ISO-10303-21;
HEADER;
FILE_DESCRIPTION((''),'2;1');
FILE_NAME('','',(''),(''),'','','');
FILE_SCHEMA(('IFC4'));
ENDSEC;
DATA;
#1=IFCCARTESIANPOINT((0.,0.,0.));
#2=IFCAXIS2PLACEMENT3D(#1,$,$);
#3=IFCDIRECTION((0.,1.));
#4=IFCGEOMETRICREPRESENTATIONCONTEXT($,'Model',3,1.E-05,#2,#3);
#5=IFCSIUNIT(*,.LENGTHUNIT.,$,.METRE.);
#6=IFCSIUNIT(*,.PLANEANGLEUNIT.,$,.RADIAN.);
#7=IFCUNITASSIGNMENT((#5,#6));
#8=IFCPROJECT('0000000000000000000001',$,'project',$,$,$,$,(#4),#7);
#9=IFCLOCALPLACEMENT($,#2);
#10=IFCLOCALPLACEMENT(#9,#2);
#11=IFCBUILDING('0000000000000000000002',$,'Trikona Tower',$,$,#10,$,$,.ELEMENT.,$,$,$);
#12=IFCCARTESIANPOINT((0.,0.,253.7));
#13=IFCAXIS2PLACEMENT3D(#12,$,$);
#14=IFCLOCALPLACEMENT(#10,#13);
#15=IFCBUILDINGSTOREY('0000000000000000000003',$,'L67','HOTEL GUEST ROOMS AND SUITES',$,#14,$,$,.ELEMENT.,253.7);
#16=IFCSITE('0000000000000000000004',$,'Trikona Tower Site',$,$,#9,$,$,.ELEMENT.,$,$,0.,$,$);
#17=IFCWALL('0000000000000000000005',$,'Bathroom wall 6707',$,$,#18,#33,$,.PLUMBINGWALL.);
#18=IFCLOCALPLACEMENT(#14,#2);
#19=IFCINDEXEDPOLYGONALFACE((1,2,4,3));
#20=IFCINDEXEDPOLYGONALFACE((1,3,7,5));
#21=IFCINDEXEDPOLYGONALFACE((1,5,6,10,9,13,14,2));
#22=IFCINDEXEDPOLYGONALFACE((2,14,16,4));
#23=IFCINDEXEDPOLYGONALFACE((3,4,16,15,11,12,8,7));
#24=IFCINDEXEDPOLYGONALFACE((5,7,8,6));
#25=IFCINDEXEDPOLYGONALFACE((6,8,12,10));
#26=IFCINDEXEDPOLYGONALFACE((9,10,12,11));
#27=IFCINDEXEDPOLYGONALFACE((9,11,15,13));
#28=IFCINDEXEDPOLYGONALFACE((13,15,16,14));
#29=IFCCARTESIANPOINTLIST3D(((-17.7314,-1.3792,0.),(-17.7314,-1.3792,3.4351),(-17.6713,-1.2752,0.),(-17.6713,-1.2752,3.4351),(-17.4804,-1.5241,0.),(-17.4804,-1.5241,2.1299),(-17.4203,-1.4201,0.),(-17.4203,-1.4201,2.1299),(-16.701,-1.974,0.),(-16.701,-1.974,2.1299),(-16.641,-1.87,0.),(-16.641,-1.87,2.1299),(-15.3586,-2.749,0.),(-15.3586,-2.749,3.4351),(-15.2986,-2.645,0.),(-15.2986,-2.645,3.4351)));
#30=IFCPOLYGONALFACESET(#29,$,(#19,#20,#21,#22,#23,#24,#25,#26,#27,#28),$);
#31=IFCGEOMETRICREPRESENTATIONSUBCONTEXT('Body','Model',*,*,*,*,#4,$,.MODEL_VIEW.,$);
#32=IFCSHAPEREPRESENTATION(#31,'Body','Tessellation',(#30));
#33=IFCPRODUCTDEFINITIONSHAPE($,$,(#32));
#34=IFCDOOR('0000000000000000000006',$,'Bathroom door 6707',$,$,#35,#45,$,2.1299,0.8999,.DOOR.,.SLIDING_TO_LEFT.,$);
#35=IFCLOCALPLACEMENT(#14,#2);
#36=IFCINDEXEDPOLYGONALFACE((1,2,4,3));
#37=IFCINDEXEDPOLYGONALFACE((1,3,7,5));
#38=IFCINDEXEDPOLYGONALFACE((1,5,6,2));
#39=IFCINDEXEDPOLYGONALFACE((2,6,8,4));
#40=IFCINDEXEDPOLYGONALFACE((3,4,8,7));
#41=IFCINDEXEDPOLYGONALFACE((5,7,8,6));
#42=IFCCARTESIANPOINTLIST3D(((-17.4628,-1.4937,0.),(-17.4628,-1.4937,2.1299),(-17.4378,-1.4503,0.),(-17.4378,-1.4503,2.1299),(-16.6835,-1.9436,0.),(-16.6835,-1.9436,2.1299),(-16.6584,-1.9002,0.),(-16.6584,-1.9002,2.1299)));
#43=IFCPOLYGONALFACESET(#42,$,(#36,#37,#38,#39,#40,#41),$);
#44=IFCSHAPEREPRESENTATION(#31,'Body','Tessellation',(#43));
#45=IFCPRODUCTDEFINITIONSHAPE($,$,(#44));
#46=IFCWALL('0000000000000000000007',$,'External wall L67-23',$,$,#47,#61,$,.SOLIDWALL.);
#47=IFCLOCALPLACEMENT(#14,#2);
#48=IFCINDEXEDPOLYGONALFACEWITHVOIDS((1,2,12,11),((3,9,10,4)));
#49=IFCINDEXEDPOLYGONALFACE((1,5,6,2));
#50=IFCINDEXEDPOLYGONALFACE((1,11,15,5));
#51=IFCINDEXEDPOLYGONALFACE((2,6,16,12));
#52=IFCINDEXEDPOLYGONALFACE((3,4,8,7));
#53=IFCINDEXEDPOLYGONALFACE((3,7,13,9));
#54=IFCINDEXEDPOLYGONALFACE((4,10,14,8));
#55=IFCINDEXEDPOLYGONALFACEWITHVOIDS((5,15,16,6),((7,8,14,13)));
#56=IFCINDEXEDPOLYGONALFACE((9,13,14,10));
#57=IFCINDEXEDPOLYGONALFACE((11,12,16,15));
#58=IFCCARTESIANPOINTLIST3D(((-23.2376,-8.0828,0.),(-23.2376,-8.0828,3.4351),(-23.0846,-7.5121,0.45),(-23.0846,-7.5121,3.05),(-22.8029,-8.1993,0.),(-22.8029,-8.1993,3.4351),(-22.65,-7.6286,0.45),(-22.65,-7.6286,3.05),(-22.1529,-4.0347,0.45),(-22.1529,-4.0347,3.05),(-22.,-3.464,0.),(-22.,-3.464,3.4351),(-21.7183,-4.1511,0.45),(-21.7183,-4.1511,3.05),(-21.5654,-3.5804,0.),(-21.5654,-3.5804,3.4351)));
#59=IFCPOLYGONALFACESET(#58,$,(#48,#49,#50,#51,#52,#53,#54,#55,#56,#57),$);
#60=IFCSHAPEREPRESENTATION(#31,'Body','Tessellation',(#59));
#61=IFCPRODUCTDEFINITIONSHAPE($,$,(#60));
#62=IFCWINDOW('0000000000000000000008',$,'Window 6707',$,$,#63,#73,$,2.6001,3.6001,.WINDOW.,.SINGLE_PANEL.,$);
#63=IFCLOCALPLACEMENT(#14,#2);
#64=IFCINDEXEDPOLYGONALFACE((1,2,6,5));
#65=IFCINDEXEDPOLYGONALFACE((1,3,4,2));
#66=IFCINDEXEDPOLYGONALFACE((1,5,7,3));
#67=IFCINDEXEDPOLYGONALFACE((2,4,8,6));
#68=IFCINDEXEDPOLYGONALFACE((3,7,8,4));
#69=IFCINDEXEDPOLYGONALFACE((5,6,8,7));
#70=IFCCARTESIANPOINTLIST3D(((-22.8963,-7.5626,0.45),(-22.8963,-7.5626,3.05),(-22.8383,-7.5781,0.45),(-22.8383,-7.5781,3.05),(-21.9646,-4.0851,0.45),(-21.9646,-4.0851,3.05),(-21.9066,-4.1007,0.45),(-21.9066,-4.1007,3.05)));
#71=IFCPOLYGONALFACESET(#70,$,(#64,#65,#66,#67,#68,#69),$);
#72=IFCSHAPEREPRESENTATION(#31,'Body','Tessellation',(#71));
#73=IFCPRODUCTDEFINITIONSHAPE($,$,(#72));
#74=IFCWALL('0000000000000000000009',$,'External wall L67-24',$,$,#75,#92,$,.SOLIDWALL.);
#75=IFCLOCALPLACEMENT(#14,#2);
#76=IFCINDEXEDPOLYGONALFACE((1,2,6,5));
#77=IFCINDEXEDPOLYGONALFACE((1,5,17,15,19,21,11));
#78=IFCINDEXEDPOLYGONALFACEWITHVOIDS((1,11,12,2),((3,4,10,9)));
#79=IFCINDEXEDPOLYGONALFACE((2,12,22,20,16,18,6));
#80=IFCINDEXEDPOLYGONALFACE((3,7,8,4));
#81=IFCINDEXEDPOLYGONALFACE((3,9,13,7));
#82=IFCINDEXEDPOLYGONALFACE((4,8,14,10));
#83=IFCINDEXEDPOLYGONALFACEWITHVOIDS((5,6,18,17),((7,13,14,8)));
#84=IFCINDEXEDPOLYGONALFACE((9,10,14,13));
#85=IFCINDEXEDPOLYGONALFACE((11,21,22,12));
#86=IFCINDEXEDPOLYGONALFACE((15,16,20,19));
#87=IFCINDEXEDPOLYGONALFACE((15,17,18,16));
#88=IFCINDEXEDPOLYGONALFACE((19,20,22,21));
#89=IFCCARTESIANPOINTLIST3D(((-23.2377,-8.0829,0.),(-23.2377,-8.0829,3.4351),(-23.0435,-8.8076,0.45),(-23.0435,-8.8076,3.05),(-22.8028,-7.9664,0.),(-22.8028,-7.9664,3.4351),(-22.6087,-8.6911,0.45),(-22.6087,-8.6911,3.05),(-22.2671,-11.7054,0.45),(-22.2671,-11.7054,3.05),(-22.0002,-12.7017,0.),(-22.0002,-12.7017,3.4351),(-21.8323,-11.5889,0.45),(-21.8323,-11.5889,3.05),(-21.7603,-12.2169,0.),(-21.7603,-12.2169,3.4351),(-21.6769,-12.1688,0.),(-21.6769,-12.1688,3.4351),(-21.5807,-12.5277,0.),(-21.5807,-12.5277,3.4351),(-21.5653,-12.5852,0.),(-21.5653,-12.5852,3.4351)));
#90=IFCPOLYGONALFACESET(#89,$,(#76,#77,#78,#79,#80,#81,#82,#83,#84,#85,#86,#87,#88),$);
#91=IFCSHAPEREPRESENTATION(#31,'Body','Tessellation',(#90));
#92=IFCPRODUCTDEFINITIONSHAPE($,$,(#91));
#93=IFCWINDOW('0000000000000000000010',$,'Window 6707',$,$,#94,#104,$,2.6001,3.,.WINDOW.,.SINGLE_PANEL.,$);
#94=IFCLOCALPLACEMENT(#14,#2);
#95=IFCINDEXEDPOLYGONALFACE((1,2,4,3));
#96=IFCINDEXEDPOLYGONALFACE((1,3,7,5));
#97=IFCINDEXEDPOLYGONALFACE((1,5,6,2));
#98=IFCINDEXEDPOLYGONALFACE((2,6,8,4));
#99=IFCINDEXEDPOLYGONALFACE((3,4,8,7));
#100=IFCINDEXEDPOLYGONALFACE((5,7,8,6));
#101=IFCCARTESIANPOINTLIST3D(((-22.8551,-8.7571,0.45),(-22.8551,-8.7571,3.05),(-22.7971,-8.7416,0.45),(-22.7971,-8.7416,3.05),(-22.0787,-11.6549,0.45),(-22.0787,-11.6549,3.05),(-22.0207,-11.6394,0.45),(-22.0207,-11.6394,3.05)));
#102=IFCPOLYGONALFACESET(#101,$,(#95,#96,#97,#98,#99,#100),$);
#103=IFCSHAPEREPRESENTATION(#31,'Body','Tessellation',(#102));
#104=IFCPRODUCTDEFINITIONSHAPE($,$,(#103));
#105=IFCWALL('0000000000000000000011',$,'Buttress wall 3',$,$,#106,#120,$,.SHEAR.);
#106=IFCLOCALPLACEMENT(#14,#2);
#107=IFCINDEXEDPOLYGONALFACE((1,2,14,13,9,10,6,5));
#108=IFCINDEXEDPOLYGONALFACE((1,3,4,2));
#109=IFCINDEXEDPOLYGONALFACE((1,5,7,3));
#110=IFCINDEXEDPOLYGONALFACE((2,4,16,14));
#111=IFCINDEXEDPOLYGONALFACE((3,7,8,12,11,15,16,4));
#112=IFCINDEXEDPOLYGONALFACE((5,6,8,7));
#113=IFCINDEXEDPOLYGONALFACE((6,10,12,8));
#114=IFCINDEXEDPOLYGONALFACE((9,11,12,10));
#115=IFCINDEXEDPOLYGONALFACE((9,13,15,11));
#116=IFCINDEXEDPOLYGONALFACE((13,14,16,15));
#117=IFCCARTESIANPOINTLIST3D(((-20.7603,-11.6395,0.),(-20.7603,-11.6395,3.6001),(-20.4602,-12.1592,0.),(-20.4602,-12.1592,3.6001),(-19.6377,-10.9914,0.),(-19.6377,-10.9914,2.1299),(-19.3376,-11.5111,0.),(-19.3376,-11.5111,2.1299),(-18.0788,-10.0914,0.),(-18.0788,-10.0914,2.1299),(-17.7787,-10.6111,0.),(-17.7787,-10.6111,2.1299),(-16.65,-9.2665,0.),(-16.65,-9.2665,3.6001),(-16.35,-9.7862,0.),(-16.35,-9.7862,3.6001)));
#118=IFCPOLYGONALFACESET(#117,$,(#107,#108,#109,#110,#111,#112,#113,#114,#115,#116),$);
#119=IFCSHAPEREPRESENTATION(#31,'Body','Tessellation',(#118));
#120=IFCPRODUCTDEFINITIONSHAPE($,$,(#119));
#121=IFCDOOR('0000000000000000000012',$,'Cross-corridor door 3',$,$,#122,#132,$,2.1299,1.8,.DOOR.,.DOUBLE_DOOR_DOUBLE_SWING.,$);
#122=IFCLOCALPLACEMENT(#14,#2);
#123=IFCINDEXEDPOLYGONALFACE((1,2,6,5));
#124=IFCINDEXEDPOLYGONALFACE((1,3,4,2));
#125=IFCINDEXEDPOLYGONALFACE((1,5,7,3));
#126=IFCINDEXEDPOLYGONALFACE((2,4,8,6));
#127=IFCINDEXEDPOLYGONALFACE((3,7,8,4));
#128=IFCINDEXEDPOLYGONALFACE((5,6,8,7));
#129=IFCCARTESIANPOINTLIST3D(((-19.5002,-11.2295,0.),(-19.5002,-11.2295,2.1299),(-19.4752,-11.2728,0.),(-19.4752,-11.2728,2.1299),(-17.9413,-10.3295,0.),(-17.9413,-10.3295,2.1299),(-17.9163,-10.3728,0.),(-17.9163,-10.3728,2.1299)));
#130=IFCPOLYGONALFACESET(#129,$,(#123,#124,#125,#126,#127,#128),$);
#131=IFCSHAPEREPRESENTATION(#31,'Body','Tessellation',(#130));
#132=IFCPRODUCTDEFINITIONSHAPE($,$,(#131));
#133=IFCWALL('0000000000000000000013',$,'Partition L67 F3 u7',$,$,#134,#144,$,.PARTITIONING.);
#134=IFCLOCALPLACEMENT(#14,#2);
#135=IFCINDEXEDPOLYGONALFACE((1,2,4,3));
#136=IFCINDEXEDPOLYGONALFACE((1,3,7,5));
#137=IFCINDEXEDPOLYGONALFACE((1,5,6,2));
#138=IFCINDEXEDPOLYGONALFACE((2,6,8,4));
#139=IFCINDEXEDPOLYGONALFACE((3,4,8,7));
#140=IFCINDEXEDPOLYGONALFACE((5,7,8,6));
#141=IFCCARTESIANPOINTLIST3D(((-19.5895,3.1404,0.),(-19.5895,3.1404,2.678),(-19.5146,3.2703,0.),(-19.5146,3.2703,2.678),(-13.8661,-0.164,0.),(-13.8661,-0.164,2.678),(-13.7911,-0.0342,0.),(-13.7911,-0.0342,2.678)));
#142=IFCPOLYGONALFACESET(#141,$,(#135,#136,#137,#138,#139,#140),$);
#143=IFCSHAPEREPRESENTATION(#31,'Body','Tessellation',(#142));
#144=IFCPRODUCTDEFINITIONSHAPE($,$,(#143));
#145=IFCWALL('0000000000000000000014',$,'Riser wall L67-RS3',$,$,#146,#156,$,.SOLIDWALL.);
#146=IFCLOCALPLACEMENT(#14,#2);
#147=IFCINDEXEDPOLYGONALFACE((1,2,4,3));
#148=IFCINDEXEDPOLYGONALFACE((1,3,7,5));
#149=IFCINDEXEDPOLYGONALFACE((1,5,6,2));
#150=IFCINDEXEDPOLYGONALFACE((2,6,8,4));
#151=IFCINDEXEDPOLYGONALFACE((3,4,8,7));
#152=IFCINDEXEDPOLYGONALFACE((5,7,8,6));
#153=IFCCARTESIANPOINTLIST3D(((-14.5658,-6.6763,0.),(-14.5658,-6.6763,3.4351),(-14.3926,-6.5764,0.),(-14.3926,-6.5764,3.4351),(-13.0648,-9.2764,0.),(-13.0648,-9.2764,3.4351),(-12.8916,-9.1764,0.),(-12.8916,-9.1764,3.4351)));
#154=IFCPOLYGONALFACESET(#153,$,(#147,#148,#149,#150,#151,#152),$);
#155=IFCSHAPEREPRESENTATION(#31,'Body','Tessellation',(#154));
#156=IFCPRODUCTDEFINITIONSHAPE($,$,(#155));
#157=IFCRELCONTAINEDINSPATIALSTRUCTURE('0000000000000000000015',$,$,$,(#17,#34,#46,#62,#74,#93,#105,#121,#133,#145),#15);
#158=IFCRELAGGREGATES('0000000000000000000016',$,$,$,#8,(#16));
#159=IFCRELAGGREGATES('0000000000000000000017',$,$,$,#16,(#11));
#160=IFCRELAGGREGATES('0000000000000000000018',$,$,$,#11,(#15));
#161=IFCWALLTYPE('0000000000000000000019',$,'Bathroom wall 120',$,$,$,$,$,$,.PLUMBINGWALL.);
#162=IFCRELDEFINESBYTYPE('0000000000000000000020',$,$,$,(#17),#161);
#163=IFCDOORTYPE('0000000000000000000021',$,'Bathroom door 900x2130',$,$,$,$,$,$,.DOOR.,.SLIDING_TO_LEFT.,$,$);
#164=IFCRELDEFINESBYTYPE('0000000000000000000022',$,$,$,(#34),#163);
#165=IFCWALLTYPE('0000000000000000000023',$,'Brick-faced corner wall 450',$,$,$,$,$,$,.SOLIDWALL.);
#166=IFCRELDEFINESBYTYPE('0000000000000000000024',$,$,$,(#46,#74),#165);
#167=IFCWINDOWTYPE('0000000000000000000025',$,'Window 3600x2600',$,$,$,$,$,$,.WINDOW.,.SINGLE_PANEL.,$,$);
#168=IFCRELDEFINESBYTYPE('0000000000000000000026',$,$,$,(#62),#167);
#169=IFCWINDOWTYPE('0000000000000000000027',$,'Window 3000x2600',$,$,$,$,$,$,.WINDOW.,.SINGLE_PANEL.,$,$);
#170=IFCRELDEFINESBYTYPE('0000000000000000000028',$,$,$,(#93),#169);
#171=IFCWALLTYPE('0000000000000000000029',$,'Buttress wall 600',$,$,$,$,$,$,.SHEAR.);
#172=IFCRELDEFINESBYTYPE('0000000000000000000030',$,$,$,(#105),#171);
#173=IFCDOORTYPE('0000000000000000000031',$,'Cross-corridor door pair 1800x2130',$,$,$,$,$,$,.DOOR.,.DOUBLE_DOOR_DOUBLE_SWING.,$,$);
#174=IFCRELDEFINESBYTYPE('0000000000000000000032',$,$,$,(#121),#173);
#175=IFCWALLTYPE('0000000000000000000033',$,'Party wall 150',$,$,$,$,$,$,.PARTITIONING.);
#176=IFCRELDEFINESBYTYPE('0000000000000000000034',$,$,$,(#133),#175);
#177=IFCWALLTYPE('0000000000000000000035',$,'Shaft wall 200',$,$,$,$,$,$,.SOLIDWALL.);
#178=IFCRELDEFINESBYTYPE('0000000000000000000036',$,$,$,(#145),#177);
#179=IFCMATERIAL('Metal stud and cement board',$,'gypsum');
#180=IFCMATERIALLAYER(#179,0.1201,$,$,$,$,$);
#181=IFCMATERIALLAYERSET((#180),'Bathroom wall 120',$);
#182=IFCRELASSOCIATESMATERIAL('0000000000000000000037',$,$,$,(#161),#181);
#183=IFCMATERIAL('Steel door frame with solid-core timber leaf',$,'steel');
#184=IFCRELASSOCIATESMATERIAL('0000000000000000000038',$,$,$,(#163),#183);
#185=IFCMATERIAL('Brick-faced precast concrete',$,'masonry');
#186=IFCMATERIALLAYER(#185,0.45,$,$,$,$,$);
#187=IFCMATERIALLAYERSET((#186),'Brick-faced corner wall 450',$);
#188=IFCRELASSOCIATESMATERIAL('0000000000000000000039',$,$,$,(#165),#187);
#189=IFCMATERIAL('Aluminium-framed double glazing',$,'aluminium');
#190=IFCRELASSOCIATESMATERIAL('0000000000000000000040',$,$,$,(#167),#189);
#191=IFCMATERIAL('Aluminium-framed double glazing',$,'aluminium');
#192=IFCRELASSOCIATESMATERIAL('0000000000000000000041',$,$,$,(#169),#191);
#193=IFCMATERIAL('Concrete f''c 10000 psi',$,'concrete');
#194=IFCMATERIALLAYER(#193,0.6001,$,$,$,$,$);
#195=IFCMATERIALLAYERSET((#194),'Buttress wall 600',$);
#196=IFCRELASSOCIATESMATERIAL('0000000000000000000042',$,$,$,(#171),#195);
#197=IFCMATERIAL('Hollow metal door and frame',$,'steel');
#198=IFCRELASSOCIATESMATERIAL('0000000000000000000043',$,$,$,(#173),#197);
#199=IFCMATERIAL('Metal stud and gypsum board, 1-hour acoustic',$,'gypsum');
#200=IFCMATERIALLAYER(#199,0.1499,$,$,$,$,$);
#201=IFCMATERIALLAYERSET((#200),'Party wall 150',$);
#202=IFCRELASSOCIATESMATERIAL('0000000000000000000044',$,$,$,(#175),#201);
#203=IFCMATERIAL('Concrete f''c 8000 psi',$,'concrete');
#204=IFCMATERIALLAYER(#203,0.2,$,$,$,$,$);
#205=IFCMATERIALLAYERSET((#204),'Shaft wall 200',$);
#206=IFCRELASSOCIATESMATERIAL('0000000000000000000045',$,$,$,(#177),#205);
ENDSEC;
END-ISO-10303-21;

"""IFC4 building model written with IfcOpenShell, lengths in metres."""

from ifc_helpers import new_model, si_unit, direction, frame, frame_2d, origin, place, context, subcontext, project, spatial, polyline, rectangle, outline, extrude, material, layer, layer_set, type_object, element, fill, save


model = new_model("IFC4")

# Units and contexts
model_context = context("Model", 3, precision=1e-05, world=origin(), true_north=direction((0.0, 1.0)))
body_context = subcontext(model_context, "Body", "Model", "MODEL_VIEW")
ifc_project = project(units=[si_unit("LENGTHUNIT", "METRE"), si_unit("PLANEANGLEUNIT", "RADIAN")], contexts=[model_context])

# Site, building, storey
site_placement = place(None, origin())
site = spatial("IfcSite", under=ifc_project, at=site_placement, Name="Trikona Tower Site", CompositionType="ELEMENT", RefElevation=0.0)
building_placement = place(site_placement, origin())
building = spatial("IfcBuilding", under=site, at=building_placement, Name="Trikona Tower", CompositionType="ELEMENT")
storey_placement = place(building_placement, frame((0.0, 0.0, 253.7)))
storey = spatial("IfcBuildingStorey", under=building, at=storey_placement, Name="L67", Description="HOTEL GUEST ROOMS AND SUITES", CompositionType="ELEMENT", Elevation=253.7)

# Shared definitions
ifc_material_1 = material(Name="Metal stud and cement board", Category="gypsum")
ifc_layer_1 = layer(ifc_material_1, 0.1201)
ifc_layer_set_1 = layer_set([ifc_layer_1], Name="Bathroom wall 120")
wall_type_1 = type_object("IfcWallType", Name="Bathroom wall 120", PredefinedType="PLUMBINGWALL", material=ifc_layer_set_1)
ifc_material_2 = material(Name="Steel door frame with solid-core timber leaf", Category="steel")
door_type_1 = type_object("IfcDoorType", Name="Bathroom door 900x2130", OperationType="SLIDING_TO_LEFT", PredefinedType="DOOR", material=ifc_material_2)

# Wall, opening, door
wall_1_placement = place(storey_placement, frame((-15.3286, -2.697, 0.0), z_axis=(0.0, 0.0, 1.0), x_axis=(-0.866036, 0.499982, 0.0)))
wall_1 = element("IfcWall", 1, at=wall_1_placement, inside=storey, type_object=wall_type_1, Name="Bathroom wall 6707", PredefinedType="PLUMBINGWALL", context=body_context, shape_type="SweptSolid", body=[
    extrude(rectangle(XDim=2.7397, YDim=0.1201, at=frame_2d((1.3699, 0.0))), origin(), (0.0, 0.0, 1.0), 3.4351),
])
opening_1_placement = place(wall_1_placement, frame((1.55, 0.0, 0.0)))
opening_1 = element("IfcOpeningElement", 2, at=opening_1_placement, cuts=wall_1, PredefinedType="OPENING", context=body_context, shape_type="SweptSolid", body=[
    extrude(rectangle(XDim=0.8999, YDim=2.1299, at=frame_2d((0.45, 1.0649))), frame((0.0, 0.0701, 0.0), z_axis=(0.0, -1.0, 0.0), x_axis=(1.0, 0.0, 0.0)), (0.0, 0.0, 1.0), 0.1401),
])
door_1_placement = place(opening_1_placement, origin())
door_1 = element("IfcDoor", 3, at=door_1_placement, inside=storey, type_object=door_type_1, Name="Bathroom door 6707", OperationType="SLIDING_TO_LEFT", OverallHeight=2.1299, OverallWidth=0.8999, PredefinedType="DOOR", context=body_context, shape_type="SweptSolid", body=[
    extrude(rectangle(XDim=0.8999, YDim=2.1299, at=frame_2d((0.45, 1.0649))), frame((0.0, 0.0249, 0.0), z_axis=(0.0, -1.0, 0.0), x_axis=(1.0, 0.0, 0.0)), (0.0, 0.0, 1.0), 0.05),
])
fill(opening_1, door_1)

# Walls, openings, windows
ifc_material_3 = material(Name="Brick-faced precast concrete", Category="masonry")
ifc_layer_2 = layer(ifc_material_3, 0.45)
ifc_layer_set_2 = layer_set([ifc_layer_2], Name="Brick-faced corner wall 450")
wall_type_2 = type_object("IfcWallType", Name="Brick-faced corner wall 450", PredefinedType="SOLIDWALL", material=ifc_layer_set_2)
wall_2_placement = place(storey_placement, frame((-21.7827, -3.5222, 0.0), z_axis=(0.0, 0.0, 1.0), x_axis=(-0.258803, -0.96593, 0.0)))
wall_2 = element("IfcWall", 4, at=wall_2_placement, inside=storey, type_object=wall_type_2, Name="External wall L67-23", PredefinedType="SOLIDWALL", context=body_context, shape_type="SweptSolid", body=[
    extrude(rectangle(XDim=4.7817, YDim=0.45, at=frame_2d((2.3909, 0.0))), origin(), (0.0, 0.0, 1.0), 3.4351),
])
opening_2_placement = place(wall_2_placement, frame((0.5908, 0.0, 0.45)))
opening_2 = element("IfcOpeningElement", 5, at=opening_2_placement, cuts=wall_2, PredefinedType="OPENING", context=body_context, shape_type="SweptSolid", body=[
    extrude(rectangle(XDim=3.6001, YDim=2.6001, at=frame_2d((1.8, 1.3))), frame((0.0, 0.2349, 0.0), z_axis=(0.0, -1.0, 0.0), x_axis=(1.0, 0.0, 0.0)), (0.0, 0.0, 1.0), 0.47),
])
ifc_material_4 = material(Name="Aluminium-framed double glazing", Category="aluminium")
window_type_1 = type_object("IfcWindowType", Name="Window 3600x2600", PartitioningType="SINGLE_PANEL", PredefinedType="WINDOW", material=ifc_material_4)
window_1_placement = place(opening_2_placement, origin())
window_1 = element("IfcWindow", 6, at=window_1_placement, inside=storey, type_object=window_type_1, Name="Window 6707", OverallHeight=2.6001, OverallWidth=3.6001, PartitioningType="SINGLE_PANEL", PredefinedType="WINDOW", context=body_context, shape_type="SweptSolid", body=[
    extrude(rectangle(XDim=3.6001, YDim=2.6001, at=frame_2d((1.8, 1.3))), frame((0.0, 0.03, 0.0), z_axis=(0.0, -1.0, 0.0), x_axis=(1.0, 0.0, 0.0)), (0.0, 0.0, 1.0), 0.0601),
])
fill(opening_2, window_1)
wall_3_placement = place(storey_placement, frame((-23.0203, -8.0247, 0.0), z_axis=(0.0, 0.0, 1.0), x_axis=(0.258803, -0.96593, 0.0)))
wall_3 = element("IfcWall", 7, at=wall_3_placement, inside=storey, type_object=wall_type_2, Name="External wall L67-24", PredefinedType="SOLIDWALL", context=body_context, shape_type="SweptSolid", body=[
    extrude(outline(polyline([(4.7817, 0.2251), (4.7222, 0.2251), (4.3755, 0.1321), (4.3506, 0.2251), (0.0, 0.2251), (0.0, -0.2251), (4.7817, -0.2251), (4.7817, 0.2251)])), origin(), (0.0, 0.0, 1.0), 3.4351),
])
opening_3_placement = place(wall_3_placement, frame((0.7502, 0.0, 0.45)))
opening_3 = element("IfcOpeningElement", 8, at=opening_3_placement, cuts=wall_3, PredefinedType="OPENING", context=body_context, shape_type="SweptSolid", body=[
    extrude(rectangle(XDim=3.0, YDim=2.6001, at=frame_2d((1.5, 1.3))), frame((0.0, 0.2349, 0.0), z_axis=(0.0, -1.0, 0.0), x_axis=(1.0, 0.0, 0.0)), (0.0, 0.0, 1.0), 0.47),
])
ifc_material_5 = material(Name="Aluminium-framed double glazing", Category="aluminium")
window_type_2 = type_object("IfcWindowType", Name="Window 3000x2600", PartitioningType="SINGLE_PANEL", PredefinedType="WINDOW", material=ifc_material_5)
window_2_placement = place(opening_3_placement, origin())
window_2 = element("IfcWindow", 9, at=window_2_placement, inside=storey, type_object=window_type_2, Name="Window 6707", OverallHeight=2.6001, OverallWidth=3.0, PartitioningType="SINGLE_PANEL", PredefinedType="WINDOW", context=body_context, shape_type="SweptSolid", body=[
    extrude(rectangle(XDim=3.0, YDim=2.6001, at=frame_2d((1.5, 1.3))), frame((0.0, 0.03, 0.0), z_axis=(0.0, -1.0, 0.0), x_axis=(1.0, 0.0, 0.0)), (0.0, 0.0, 1.0), 0.0601),
])
fill(opening_3, window_2)

# Wall, opening, door
ifc_material_6 = material(Name="Concrete f'c 10000 psi", Category="concrete")
ifc_layer_3 = layer(ifc_material_6, 0.6001)
ifc_layer_set_3 = layer_set([ifc_layer_3], Name="Buttress wall 600")
wall_type_3 = type_object("IfcWallType", Name="Buttress wall 600", PredefinedType="SHEAR", material=ifc_layer_set_3)
wall_4_placement = place(storey_placement, frame((-16.5, -9.5264, 0.0), z_axis=(0.0, 0.0, 1.0), x_axis=(-0.866031, -0.49999, 0.0)))
wall_4 = element("IfcWall", 10, at=wall_4_placement, inside=storey, type_object=wall_type_3, Name="Buttress wall 3", PredefinedType="SHEAR", context=body_context, shape_type="SweptSolid", body=[
    extrude(rectangle(XDim=4.7461, YDim=0.6001, at=frame_2d((2.373, 0.0))), origin(), (0.0, 0.0, 1.0), 3.6001),
])
opening_4_placement = place(wall_4_placement, frame((1.6499, 0.0, 0.0)))
opening_4 = element("IfcOpeningElement", 11, at=opening_4_placement, cuts=wall_4, PredefinedType="OPENING", context=body_context, shape_type="SweptSolid", body=[
    extrude(rectangle(XDim=1.8, YDim=2.1299, at=frame_2d((0.8999, 1.0649))), frame((0.0, 0.3101, 0.0), z_axis=(0.0, -1.0, 0.0), x_axis=(1.0, 0.0, 0.0)), (0.0, 0.0, 1.0), 0.6201),
])
ifc_material_7 = material(Name="Hollow metal door and frame", Category="steel")
door_type_2 = type_object("IfcDoorType", Name="Cross-corridor door pair 1800x2130", OperationType="DOUBLE_DOOR_DOUBLE_SWING", PredefinedType="DOOR", material=ifc_material_7)
door_2_placement = place(opening_4_placement, origin())
door_2 = element("IfcDoor", 12, at=door_2_placement, inside=storey, type_object=door_type_2, Name="Cross-corridor door 3", OperationType="DOUBLE_DOOR_DOUBLE_SWING", OverallHeight=2.1299, OverallWidth=1.8, PredefinedType="DOOR", context=body_context, shape_type="SweptSolid", body=[
    extrude(rectangle(XDim=1.8, YDim=2.1299, at=frame_2d((0.8999, 1.0649))), frame((0.0, 0.0249, 0.0), z_axis=(0.0, -1.0, 0.0), x_axis=(1.0, 0.0, 0.0)), (0.0, 0.0, 1.0), 0.05),
])
fill(opening_4, door_2)

# Walls
ifc_material_8 = material(Name="Metal stud and gypsum board, 1-hour acoustic", Category="gypsum")
ifc_layer_4 = layer(ifc_material_8, 0.1499)
ifc_layer_set_4 = layer_set([ifc_layer_4], Name="Party wall 150")
wall_type_4 = type_object("IfcWallType", Name="Party wall 150", PredefinedType="PARTITIONING", material=ifc_layer_set_4)
wall_5_placement = place(storey_placement, frame((-13.8286, -0.0991, 0.0), z_axis=(0.0, 0.0, 1.0), x_axis=(-0.866023, 0.500005, 0.0)))
element("IfcWall", 13, at=wall_5_placement, inside=storey, type_object=wall_type_4, Name="Partition L67 F3 u7", PredefinedType="PARTITIONING", context=body_context, shape_type="SweptSolid", body=[
    extrude(rectangle(XDim=6.6089, YDim=0.1499, at=frame_2d((3.3044, 0.0))), origin(), (0.0, 0.0, 1.0), 2.678),
])
ifc_material_9 = material(Name="Concrete f'c 8000 psi", Category="concrete")
ifc_layer_5 = layer(ifc_material_9, 0.2)
ifc_layer_set_5 = layer_set([ifc_layer_5], Name="Shaft wall 200")
wall_type_5 = type_object("IfcWallType", Name="Shaft wall 200", PredefinedType="SOLIDWALL", material=ifc_layer_set_5)
wall_6_placement = place(storey_placement, frame((-12.9783, -9.2263, 0.0), z_axis=(0.0, 0.0, 1.0), x_axis=(-0.499952, 0.866053, 0.0)))
element("IfcWall", 14, at=wall_6_placement, inside=storey, type_object=wall_type_5, Name="Riser wall L67-RS3", PredefinedType="SOLIDWALL", context=body_context, shape_type="SweptSolid", body=[
    extrude(rectangle(XDim=3.0022, YDim=0.2, at=frame_2d((1.501, 0.0))), origin(), (0.0, 0.0, 1.0), 3.4351),
])

save(model, "model.ifc")
